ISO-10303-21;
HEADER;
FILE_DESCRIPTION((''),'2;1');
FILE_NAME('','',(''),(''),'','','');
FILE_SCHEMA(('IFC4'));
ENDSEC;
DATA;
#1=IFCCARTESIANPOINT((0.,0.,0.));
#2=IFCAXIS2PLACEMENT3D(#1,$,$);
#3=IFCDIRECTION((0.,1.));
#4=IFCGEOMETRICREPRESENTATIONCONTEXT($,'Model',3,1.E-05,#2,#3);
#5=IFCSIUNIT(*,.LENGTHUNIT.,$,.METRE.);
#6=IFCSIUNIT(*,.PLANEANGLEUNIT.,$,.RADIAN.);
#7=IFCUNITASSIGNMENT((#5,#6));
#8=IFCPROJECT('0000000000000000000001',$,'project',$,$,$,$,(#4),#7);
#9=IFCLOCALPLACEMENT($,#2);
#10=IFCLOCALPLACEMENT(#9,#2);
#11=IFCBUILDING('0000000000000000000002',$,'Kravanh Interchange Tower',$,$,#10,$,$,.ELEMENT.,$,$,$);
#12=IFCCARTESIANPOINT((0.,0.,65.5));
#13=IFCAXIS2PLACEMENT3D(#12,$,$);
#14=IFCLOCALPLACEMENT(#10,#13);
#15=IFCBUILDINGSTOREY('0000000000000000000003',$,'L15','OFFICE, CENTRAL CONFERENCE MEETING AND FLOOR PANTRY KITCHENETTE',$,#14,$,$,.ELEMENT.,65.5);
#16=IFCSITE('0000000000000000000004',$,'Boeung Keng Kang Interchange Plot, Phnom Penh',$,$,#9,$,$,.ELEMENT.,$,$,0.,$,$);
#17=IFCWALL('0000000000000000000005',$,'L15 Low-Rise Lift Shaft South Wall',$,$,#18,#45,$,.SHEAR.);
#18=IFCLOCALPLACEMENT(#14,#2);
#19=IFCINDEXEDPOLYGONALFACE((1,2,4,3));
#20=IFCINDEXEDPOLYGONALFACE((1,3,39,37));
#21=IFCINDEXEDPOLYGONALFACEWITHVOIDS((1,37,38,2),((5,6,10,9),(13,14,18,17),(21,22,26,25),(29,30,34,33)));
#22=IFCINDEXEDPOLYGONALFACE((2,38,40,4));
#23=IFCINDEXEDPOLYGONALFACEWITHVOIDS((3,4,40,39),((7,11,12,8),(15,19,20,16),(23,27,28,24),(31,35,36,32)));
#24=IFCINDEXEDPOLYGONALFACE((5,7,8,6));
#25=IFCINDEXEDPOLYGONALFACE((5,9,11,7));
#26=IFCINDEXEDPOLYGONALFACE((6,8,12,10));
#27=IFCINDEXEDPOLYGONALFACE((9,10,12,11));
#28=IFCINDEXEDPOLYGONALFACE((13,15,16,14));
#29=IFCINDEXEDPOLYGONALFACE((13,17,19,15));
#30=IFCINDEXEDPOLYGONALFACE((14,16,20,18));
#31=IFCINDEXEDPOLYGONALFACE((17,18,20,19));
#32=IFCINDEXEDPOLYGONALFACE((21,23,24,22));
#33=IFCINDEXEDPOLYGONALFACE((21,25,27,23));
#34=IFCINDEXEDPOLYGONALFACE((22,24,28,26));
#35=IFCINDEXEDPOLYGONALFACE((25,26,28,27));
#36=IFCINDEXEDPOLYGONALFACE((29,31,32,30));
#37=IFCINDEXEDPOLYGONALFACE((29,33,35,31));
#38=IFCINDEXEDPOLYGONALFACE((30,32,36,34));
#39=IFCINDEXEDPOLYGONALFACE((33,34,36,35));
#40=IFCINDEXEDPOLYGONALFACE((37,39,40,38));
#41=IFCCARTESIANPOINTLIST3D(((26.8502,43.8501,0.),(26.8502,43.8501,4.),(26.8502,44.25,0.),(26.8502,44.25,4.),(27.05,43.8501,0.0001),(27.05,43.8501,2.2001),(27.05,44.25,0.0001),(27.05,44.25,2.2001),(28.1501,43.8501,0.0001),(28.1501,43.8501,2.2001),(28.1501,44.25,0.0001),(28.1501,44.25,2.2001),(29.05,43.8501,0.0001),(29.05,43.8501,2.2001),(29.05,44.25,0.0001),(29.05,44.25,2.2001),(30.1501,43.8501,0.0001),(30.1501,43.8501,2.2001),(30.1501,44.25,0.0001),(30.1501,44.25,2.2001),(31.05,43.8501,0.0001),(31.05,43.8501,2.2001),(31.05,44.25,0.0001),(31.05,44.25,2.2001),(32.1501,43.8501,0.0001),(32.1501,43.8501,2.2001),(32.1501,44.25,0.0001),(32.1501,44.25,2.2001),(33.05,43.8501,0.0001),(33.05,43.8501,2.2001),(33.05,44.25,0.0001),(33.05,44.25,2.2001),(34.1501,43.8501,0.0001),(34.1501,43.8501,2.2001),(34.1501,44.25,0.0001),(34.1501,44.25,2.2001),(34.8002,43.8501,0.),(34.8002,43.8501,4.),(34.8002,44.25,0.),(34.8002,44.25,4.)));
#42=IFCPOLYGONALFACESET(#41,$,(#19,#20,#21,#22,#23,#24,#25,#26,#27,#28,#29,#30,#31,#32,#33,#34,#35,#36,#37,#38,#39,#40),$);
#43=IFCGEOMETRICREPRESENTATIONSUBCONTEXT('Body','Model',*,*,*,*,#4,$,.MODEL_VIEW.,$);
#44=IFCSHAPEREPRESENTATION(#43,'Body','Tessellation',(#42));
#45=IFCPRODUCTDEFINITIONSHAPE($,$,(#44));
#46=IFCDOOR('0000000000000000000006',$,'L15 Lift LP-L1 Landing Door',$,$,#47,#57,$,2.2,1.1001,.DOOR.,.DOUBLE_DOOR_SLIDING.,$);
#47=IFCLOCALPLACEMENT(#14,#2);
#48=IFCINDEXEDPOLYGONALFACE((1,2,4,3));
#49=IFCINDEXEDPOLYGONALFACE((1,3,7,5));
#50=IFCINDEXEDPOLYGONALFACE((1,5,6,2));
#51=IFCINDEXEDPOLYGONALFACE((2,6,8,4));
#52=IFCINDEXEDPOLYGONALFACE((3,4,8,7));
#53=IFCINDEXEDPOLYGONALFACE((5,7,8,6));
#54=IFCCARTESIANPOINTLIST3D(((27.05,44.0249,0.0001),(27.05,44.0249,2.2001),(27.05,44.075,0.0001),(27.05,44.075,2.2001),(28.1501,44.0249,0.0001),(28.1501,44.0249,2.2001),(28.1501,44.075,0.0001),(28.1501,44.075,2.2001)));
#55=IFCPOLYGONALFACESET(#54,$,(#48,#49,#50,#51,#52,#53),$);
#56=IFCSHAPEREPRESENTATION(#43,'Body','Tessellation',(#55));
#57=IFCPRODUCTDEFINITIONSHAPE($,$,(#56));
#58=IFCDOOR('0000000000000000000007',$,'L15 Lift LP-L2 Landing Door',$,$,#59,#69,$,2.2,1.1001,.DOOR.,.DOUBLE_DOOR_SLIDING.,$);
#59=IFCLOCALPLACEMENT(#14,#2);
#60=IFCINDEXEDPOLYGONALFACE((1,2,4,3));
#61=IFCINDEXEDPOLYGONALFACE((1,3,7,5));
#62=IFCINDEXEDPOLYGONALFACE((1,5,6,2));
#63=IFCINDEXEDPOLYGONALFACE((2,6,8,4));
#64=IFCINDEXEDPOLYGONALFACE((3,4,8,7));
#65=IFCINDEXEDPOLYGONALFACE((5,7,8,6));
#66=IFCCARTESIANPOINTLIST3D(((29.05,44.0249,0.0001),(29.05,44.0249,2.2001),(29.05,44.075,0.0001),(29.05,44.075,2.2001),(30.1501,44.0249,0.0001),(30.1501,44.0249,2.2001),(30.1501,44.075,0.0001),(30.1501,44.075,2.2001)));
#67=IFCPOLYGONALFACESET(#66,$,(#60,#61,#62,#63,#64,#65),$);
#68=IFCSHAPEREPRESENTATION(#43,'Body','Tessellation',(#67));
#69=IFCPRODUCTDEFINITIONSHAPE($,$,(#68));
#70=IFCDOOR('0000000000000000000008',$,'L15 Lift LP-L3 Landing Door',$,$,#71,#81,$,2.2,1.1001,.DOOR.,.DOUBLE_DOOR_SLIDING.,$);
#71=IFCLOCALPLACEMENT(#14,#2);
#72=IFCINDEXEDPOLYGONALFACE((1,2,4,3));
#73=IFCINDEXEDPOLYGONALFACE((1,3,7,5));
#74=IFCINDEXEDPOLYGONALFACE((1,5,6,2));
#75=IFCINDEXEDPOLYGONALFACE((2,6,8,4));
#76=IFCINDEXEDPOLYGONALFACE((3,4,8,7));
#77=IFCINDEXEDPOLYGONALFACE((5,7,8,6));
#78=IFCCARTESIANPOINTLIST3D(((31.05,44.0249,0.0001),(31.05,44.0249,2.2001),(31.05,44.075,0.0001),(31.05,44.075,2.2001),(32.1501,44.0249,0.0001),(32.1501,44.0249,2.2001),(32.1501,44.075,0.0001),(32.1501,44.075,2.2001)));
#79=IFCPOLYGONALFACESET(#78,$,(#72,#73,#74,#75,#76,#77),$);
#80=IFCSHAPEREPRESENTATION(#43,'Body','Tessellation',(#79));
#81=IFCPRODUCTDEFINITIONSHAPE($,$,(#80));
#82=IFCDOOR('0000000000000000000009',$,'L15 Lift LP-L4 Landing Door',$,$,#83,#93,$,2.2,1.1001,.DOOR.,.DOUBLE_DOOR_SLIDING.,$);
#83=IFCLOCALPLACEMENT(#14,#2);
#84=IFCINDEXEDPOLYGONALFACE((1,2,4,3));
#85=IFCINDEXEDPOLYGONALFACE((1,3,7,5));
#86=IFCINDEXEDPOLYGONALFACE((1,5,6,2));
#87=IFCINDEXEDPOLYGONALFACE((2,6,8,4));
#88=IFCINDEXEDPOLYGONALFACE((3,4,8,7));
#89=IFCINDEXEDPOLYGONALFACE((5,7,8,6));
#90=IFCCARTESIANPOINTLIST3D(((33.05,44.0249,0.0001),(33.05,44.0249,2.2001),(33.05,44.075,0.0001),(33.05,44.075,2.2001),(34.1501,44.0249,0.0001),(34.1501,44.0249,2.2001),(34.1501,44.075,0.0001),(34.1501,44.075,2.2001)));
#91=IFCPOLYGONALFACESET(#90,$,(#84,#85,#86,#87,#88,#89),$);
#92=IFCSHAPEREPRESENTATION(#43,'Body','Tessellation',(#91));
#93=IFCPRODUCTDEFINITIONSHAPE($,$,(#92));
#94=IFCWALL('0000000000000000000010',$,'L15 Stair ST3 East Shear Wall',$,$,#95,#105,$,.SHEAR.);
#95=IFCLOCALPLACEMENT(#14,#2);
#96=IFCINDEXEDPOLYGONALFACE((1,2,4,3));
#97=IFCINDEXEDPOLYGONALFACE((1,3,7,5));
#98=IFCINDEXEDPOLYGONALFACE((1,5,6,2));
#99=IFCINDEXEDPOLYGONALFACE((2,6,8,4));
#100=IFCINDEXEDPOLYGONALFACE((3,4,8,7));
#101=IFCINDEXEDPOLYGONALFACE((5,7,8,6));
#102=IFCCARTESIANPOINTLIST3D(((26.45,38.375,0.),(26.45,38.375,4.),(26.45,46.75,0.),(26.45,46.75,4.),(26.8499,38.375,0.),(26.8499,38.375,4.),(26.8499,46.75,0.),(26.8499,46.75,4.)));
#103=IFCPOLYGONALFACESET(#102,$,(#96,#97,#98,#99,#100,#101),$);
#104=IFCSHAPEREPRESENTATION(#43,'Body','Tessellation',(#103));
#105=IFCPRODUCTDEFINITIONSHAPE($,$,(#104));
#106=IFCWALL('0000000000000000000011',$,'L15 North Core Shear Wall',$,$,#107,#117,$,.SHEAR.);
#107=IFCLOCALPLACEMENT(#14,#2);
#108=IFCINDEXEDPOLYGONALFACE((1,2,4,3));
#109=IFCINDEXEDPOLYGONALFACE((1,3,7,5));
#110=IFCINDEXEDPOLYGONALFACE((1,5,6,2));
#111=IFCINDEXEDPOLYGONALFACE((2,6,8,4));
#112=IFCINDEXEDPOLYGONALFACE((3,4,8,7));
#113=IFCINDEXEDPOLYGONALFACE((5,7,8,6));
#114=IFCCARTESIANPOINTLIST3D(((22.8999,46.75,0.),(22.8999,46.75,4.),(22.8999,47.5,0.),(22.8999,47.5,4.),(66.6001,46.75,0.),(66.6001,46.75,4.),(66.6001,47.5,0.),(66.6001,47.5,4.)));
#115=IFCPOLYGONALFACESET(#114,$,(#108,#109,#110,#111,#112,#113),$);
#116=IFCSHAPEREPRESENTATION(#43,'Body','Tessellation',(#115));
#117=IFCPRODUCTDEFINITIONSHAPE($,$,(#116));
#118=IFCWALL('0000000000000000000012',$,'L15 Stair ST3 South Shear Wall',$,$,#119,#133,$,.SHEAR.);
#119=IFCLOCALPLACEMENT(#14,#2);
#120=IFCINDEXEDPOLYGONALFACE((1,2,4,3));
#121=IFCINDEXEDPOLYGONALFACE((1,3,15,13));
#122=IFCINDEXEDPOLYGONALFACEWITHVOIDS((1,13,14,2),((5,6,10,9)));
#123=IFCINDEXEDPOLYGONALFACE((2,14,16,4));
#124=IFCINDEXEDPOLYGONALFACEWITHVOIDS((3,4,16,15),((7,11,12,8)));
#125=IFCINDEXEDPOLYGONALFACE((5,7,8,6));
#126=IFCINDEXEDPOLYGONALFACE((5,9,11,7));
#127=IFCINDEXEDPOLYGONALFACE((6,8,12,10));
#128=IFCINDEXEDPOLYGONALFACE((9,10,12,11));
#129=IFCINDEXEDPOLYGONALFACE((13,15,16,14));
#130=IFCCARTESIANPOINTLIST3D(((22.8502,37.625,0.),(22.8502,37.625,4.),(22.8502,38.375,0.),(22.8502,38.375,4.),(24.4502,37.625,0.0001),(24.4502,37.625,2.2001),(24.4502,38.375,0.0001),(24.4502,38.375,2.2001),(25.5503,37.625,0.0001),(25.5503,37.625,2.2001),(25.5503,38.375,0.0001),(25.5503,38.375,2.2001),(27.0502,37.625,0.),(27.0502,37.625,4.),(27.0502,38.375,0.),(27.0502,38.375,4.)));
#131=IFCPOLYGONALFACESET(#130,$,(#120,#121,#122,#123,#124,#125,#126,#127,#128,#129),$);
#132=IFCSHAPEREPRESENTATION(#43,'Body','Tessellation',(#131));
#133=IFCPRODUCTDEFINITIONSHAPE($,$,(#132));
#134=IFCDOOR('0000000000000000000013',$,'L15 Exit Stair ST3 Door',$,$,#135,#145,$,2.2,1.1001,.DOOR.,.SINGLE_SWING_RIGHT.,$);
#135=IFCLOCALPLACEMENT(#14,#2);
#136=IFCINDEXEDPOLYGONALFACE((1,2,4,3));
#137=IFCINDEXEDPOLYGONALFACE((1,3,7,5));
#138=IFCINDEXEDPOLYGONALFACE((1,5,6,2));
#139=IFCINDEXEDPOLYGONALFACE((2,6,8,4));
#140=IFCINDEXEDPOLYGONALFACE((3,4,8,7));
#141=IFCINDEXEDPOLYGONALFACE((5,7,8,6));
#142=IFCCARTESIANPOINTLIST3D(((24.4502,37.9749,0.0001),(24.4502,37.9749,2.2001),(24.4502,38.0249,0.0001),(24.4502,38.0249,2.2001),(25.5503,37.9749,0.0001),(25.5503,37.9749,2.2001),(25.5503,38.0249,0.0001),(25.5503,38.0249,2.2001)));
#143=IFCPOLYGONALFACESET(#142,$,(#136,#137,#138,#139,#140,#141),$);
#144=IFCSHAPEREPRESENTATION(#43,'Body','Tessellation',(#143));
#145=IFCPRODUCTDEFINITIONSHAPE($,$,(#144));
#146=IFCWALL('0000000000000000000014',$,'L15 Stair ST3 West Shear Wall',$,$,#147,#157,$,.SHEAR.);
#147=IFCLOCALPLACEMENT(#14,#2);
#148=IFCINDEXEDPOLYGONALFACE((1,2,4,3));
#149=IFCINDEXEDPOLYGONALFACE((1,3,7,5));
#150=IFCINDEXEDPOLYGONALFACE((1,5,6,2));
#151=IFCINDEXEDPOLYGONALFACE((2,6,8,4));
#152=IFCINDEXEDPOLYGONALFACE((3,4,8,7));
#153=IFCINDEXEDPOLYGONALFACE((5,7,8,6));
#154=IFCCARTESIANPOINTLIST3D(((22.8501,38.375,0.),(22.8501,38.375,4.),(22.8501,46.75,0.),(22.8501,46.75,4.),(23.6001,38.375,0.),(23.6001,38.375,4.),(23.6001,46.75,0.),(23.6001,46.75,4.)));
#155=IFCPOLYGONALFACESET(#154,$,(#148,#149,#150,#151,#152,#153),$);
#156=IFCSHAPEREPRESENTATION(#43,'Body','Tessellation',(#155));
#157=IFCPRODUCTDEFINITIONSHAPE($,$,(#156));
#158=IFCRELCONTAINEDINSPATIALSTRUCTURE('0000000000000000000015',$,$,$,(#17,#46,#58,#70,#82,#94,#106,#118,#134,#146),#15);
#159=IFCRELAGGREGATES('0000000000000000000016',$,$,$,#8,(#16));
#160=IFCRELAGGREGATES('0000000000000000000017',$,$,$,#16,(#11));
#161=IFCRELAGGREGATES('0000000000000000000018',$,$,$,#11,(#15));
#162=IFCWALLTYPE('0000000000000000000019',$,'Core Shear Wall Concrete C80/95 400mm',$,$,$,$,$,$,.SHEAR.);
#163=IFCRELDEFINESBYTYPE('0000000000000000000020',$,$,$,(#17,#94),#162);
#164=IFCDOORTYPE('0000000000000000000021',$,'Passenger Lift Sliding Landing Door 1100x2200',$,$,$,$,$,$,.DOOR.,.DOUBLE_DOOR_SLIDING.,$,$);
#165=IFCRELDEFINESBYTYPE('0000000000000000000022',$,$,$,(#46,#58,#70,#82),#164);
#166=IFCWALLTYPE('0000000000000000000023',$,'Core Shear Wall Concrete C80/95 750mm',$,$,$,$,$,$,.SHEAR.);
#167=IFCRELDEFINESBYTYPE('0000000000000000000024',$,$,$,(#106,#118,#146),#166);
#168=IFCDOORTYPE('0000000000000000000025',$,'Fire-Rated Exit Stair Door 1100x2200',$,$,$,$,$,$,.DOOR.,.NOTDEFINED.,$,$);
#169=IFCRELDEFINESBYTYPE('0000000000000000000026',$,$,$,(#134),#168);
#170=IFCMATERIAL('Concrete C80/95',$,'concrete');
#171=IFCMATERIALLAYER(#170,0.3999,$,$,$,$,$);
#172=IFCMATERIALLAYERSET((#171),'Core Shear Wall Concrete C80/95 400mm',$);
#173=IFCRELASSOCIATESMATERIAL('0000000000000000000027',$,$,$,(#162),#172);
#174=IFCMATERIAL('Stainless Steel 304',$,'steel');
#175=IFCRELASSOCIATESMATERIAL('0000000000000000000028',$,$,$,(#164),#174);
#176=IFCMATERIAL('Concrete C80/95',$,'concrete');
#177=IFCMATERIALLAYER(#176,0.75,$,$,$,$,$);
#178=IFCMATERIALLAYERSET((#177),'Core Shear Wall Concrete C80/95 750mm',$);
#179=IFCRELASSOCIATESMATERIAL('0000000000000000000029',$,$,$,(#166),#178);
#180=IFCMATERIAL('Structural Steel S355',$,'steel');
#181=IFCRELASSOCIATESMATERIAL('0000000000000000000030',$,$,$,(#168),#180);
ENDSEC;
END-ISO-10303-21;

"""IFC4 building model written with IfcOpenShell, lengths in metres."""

from ifc_helpers import new_model, si_unit, direction, frame, frame_2d, origin, place, context, subcontext, project, spatial, rectangle, extrude, material, layer, layer_set, type_object, element, fill, save


model = new_model("IFC4")

# Units and contexts
model_context = context("Model", 3, precision=1e-05, world=origin(), true_north=direction((0.0, 1.0)))
body_context = subcontext(model_context, "Body", "Model", "MODEL_VIEW")
ifc_project = project(units=[si_unit("LENGTHUNIT", "METRE"), si_unit("PLANEANGLEUNIT", "RADIAN")], contexts=[model_context])

# Site, building, storey
site_placement = place(None, origin())
site = spatial("IfcSite", under=ifc_project, at=site_placement, Name="Boeung Keng Kang Interchange Plot, Phnom Penh", CompositionType="ELEMENT", RefElevation=0.0)
building_placement = place(site_placement, origin())
building = spatial("IfcBuilding", under=site, at=building_placement, Name="Kravanh Interchange Tower", CompositionType="ELEMENT")
storey_placement = place(building_placement, frame((0.0, 0.0, 65.5)))
storey = spatial("IfcBuildingStorey", under=building, at=storey_placement, Name="L15", Description="OFFICE, CENTRAL CONFERENCE MEETING AND FLOOR PANTRY KITCHENETTE", CompositionType="ELEMENT", Elevation=65.5)

# Wall, openings, doors
ifc_material_1 = material(Name="Concrete C80/95", Category="concrete")
ifc_layer_1 = layer(ifc_material_1, 0.3999)
ifc_layer_set_1 = layer_set([ifc_layer_1], Name="Core Shear Wall Concrete C80/95 400mm")
wall_type_1 = type_object("IfcWallType", Name="Core Shear Wall Concrete C80/95 400mm", PredefinedType="SHEAR", material=ifc_layer_set_1)
wall_1_placement = place(storey_placement, frame((26.8501, 44.05, 0.0), z_axis=(0.0, 0.0, 1.0), x_axis=(1.0, 0.0, 0.0)))
wall_1 = element("IfcWall", 1, at=wall_1_placement, inside=storey, type_object=wall_type_1, Name="L15 Low-Rise Lift Shaft South Wall", PredefinedType="SHEAR", context=body_context, shape_type="SweptSolid", body=[
    extrude(rectangle(XDim=7.95, YDim=0.3999, at=frame_2d((3.9751, 0.0))), origin(), (0.0, 0.0, 1.0), 4.0),
])
opening_1_placement = place(wall_1_placement, frame((0.2, 0.0, 0.0)))
opening_1 = element("IfcOpeningElement", 2, at=opening_1_placement, cuts=wall_1, PredefinedType="OPENING", context=body_context, shape_type="SweptSolid", body=[
    extrude(rectangle(XDim=1.1001, YDim=2.2, at=frame_2d((0.55, 1.1001))), frame((0.0, 0.21, 0.0), z_axis=(0.0, -1.0, 0.0), x_axis=(1.0, 0.0, 0.0)), (0.0, 0.0, 1.0), 0.4199),
])
opening_2_placement = place(wall_1_placement, frame((2.2, 0.0, 0.0)))
opening_2 = element("IfcOpeningElement", 3, at=opening_2_placement, cuts=wall_1, PredefinedType="OPENING", context=body_context, shape_type="SweptSolid", body=[
    extrude(rectangle(XDim=1.1001, YDim=2.2, at=frame_2d((0.55, 1.1001))), frame((0.0, 0.21, 0.0), z_axis=(0.0, -1.0, 0.0), x_axis=(1.0, 0.0, 0.0)), (0.0, 0.0, 1.0), 0.4199),
])
opening_3_placement = place(wall_1_placement, frame((4.2, 0.0, 0.0)))
opening_3 = element("IfcOpeningElement", 4, at=opening_3_placement, cuts=wall_1, PredefinedType="OPENING", context=body_context, shape_type="SweptSolid", body=[
    extrude(rectangle(XDim=1.1001, YDim=2.2, at=frame_2d((0.55, 1.1001))), frame((0.0, 0.21, 0.0), z_axis=(0.0, -1.0, 0.0), x_axis=(1.0, 0.0, 0.0)), (0.0, 0.0, 1.0), 0.4199),
])
opening_4_placement = place(wall_1_placement, frame((6.2, 0.0, 0.0)))
opening_4 = element("IfcOpeningElement", 5, at=opening_4_placement, cuts=wall_1, PredefinedType="OPENING", context=body_context, shape_type="SweptSolid", body=[
    extrude(rectangle(XDim=1.1001, YDim=2.2, at=frame_2d((0.55, 1.1001))), frame((0.0, 0.21, 0.0), z_axis=(0.0, -1.0, 0.0), x_axis=(1.0, 0.0, 0.0)), (0.0, 0.0, 1.0), 0.4199),
])
ifc_material_2 = material(Name="Stainless Steel 304", Category="steel")
door_type_1 = type_object("IfcDoorType", Name="Passenger Lift Sliding Landing Door 1100x2200", OperationType="DOUBLE_DOOR_SLIDING", PredefinedType="DOOR", material=ifc_material_2)
door_1_placement = place(opening_1_placement, origin())
door_1 = element("IfcDoor", 6, at=door_1_placement, inside=storey, type_object=door_type_1, Name="L15 Lift LP-L1 Landing Door", OperationType="DOUBLE_DOOR_SLIDING", OverallHeight=2.2, OverallWidth=1.1001, PredefinedType="DOOR", context=body_context, shape_type="SweptSolid", body=[
    extrude(rectangle(XDim=1.1001, YDim=2.2, at=frame_2d((0.55, 1.1001))), frame((0.0, 0.0249, 0.0), z_axis=(0.0, -1.0, 0.0), x_axis=(1.0, 0.0, 0.0)), (0.0, 0.0, 1.0), 0.05),
])
fill(opening_1, door_1)
door_2_placement = place(opening_2_placement, origin())
door_2 = element("IfcDoor", 7, at=door_2_placement, inside=storey, type_object=door_type_1, Name="L15 Lift LP-L2 Landing Door", OperationType="DOUBLE_DOOR_SLIDING", OverallHeight=2.2, OverallWidth=1.1001, PredefinedType="DOOR", context=body_context, shape_type="SweptSolid", body=[
    extrude(rectangle(XDim=1.1001, YDim=2.2, at=frame_2d((0.55, 1.1001))), frame((0.0, 0.0249, 0.0), z_axis=(0.0, -1.0, 0.0), x_axis=(1.0, 0.0, 0.0)), (0.0, 0.0, 1.0), 0.05),
])
fill(opening_2, door_2)
door_3_placement = place(opening_3_placement, origin())
door_3 = element("IfcDoor", 8, at=door_3_placement, inside=storey, type_object=door_type_1, Name="L15 Lift LP-L3 Landing Door", OperationType="DOUBLE_DOOR_SLIDING", OverallHeight=2.2, OverallWidth=1.1001, PredefinedType="DOOR", context=body_context, shape_type="SweptSolid", body=[
    extrude(rectangle(XDim=1.1001, YDim=2.2, at=frame_2d((0.55, 1.1001))), frame((0.0, 0.0249, 0.0), z_axis=(0.0, -1.0, 0.0), x_axis=(1.0, 0.0, 0.0)), (0.0, 0.0, 1.0), 0.05),
])
fill(opening_3, door_3)
door_4_placement = place(opening_4_placement, origin())
door_4 = element("IfcDoor", 9, at=door_4_placement, inside=storey, type_object=door_type_1, Name="L15 Lift LP-L4 Landing Door", OperationType="DOUBLE_DOOR_SLIDING", OverallHeight=2.2, OverallWidth=1.1001, PredefinedType="DOOR", context=body_context, shape_type="SweptSolid", body=[
    extrude(rectangle(XDim=1.1001, YDim=2.2, at=frame_2d((0.55, 1.1001))), frame((0.0, 0.0249, 0.0), z_axis=(0.0, -1.0, 0.0), x_axis=(1.0, 0.0, 0.0)), (0.0, 0.0, 1.0), 0.05),
])
fill(opening_4, door_4)

# Walls
wall_2_placement = place(storey_placement, frame((26.6499, 38.375, 0.0), z_axis=(0.0, 0.0, 1.0), x_axis=(0.0, 1.0, 0.0)))
element("IfcWall", 10, at=wall_2_placement, inside=storey, type_object=wall_type_1, Name="L15 Stair ST3 East Shear Wall", PredefinedType="SHEAR", context=body_context, shape_type="SweptSolid", body=[
    extrude(rectangle(XDim=8.375, YDim=0.3999, at=frame_2d((4.1875, 0.0))), origin(), (0.0, 0.0, 1.0), 4.0),
])
ifc_material_3 = material(Name="Concrete C80/95", Category="concrete")
ifc_layer_2 = layer(ifc_material_3, 0.75)
ifc_layer_set_2 = layer_set([ifc_layer_2], Name="Core Shear Wall Concrete C80/95 750mm")
wall_type_2 = type_object("IfcWallType", Name="Core Shear Wall Concrete C80/95 750mm", PredefinedType="SHEAR", material=ifc_layer_set_2)
wall_3_placement = place(storey_placement, frame((22.8999, 47.125, 0.0), z_axis=(0.0, 0.0, 1.0), x_axis=(1.0, 0.0, 0.0)))
element("IfcWall", 11, at=wall_3_placement, inside=storey, type_object=wall_type_2, Name="L15 North Core Shear Wall", PredefinedType="SHEAR", context=body_context, shape_type="SweptSolid", body=[
    extrude(rectangle(XDim=43.7002, YDim=0.75, at=frame_2d((21.8501, 0.0))), origin(), (0.0, 0.0, 1.0), 4.0),
])

# Wall, opening, door
wall_4_placement = place(storey_placement, frame((22.8501, 38.0, 0.0), z_axis=(0.0, 0.0, 1.0), x_axis=(1.0, 0.0, 0.0)))
wall_4 = element("IfcWall", 12, at=wall_4_placement, inside=storey, type_object=wall_type_2, Name="L15 Stair ST3 South Shear Wall", PredefinedType="SHEAR", context=body_context, shape_type="SweptSolid", body=[
    extrude(rectangle(XDim=4.2, YDim=0.75, at=frame_2d((2.1001, 0.0))), origin(), (0.0, 0.0, 1.0), 4.0),
])
opening_5_placement = place(wall_4_placement, frame((1.6001, 0.0, 0.0)))
opening_5 = element("IfcOpeningElement", 13, at=opening_5_placement, cuts=wall_4, PredefinedType="OPENING", context=body_context, shape_type="SweptSolid", body=[
    extrude(rectangle(XDim=1.1001, YDim=2.2, at=frame_2d((0.55, 1.1001))), frame((0.0, 0.385, 0.0), z_axis=(0.0, -1.0, 0.0), x_axis=(1.0, 0.0, 0.0)), (0.0, 0.0, 1.0), 0.77),
])
ifc_material_4 = material(Name="Structural Steel S355", Category="steel")
door_type_2 = type_object("IfcDoorType", Name="Fire-Rated Exit Stair Door 1100x2200", OperationType="NOTDEFINED", PredefinedType="DOOR", material=ifc_material_4)
door_5_placement = place(opening_5_placement, origin())
door_5 = element("IfcDoor", 14, at=door_5_placement, inside=storey, type_object=door_type_2, Name="L15 Exit Stair ST3 Door", OperationType="SINGLE_SWING_RIGHT", OverallHeight=2.2, OverallWidth=1.1001, PredefinedType="DOOR", context=body_context, shape_type="SweptSolid", body=[
    extrude(rectangle(XDim=1.1001, YDim=2.2, at=frame_2d((0.55, 1.1001))), frame((0.0, 0.0249, 0.0), z_axis=(0.0, -1.0, 0.0), x_axis=(1.0, 0.0, 0.0)), (0.0, 0.0, 1.0), 0.05),
])
fill(opening_5, door_5)

# Wall
wall_5_placement = place(storey_placement, frame((23.2251, 38.375, 0.0), z_axis=(0.0, 0.0, 1.0), x_axis=(0.0, 1.0, 0.0)))
element("IfcWall", 15, at=wall_5_placement, inside=storey, type_object=wall_type_2, Name="L15 Stair ST3 West Shear Wall", PredefinedType="SHEAR", context=body_context, shape_type="SweptSolid", body=[
    extrude(rectangle(XDim=8.375, YDim=0.75, at=frame_2d((4.1875, 0.0))), origin(), (0.0, 0.0, 1.0), 4.0),
])

save(model, "model.ifc")
